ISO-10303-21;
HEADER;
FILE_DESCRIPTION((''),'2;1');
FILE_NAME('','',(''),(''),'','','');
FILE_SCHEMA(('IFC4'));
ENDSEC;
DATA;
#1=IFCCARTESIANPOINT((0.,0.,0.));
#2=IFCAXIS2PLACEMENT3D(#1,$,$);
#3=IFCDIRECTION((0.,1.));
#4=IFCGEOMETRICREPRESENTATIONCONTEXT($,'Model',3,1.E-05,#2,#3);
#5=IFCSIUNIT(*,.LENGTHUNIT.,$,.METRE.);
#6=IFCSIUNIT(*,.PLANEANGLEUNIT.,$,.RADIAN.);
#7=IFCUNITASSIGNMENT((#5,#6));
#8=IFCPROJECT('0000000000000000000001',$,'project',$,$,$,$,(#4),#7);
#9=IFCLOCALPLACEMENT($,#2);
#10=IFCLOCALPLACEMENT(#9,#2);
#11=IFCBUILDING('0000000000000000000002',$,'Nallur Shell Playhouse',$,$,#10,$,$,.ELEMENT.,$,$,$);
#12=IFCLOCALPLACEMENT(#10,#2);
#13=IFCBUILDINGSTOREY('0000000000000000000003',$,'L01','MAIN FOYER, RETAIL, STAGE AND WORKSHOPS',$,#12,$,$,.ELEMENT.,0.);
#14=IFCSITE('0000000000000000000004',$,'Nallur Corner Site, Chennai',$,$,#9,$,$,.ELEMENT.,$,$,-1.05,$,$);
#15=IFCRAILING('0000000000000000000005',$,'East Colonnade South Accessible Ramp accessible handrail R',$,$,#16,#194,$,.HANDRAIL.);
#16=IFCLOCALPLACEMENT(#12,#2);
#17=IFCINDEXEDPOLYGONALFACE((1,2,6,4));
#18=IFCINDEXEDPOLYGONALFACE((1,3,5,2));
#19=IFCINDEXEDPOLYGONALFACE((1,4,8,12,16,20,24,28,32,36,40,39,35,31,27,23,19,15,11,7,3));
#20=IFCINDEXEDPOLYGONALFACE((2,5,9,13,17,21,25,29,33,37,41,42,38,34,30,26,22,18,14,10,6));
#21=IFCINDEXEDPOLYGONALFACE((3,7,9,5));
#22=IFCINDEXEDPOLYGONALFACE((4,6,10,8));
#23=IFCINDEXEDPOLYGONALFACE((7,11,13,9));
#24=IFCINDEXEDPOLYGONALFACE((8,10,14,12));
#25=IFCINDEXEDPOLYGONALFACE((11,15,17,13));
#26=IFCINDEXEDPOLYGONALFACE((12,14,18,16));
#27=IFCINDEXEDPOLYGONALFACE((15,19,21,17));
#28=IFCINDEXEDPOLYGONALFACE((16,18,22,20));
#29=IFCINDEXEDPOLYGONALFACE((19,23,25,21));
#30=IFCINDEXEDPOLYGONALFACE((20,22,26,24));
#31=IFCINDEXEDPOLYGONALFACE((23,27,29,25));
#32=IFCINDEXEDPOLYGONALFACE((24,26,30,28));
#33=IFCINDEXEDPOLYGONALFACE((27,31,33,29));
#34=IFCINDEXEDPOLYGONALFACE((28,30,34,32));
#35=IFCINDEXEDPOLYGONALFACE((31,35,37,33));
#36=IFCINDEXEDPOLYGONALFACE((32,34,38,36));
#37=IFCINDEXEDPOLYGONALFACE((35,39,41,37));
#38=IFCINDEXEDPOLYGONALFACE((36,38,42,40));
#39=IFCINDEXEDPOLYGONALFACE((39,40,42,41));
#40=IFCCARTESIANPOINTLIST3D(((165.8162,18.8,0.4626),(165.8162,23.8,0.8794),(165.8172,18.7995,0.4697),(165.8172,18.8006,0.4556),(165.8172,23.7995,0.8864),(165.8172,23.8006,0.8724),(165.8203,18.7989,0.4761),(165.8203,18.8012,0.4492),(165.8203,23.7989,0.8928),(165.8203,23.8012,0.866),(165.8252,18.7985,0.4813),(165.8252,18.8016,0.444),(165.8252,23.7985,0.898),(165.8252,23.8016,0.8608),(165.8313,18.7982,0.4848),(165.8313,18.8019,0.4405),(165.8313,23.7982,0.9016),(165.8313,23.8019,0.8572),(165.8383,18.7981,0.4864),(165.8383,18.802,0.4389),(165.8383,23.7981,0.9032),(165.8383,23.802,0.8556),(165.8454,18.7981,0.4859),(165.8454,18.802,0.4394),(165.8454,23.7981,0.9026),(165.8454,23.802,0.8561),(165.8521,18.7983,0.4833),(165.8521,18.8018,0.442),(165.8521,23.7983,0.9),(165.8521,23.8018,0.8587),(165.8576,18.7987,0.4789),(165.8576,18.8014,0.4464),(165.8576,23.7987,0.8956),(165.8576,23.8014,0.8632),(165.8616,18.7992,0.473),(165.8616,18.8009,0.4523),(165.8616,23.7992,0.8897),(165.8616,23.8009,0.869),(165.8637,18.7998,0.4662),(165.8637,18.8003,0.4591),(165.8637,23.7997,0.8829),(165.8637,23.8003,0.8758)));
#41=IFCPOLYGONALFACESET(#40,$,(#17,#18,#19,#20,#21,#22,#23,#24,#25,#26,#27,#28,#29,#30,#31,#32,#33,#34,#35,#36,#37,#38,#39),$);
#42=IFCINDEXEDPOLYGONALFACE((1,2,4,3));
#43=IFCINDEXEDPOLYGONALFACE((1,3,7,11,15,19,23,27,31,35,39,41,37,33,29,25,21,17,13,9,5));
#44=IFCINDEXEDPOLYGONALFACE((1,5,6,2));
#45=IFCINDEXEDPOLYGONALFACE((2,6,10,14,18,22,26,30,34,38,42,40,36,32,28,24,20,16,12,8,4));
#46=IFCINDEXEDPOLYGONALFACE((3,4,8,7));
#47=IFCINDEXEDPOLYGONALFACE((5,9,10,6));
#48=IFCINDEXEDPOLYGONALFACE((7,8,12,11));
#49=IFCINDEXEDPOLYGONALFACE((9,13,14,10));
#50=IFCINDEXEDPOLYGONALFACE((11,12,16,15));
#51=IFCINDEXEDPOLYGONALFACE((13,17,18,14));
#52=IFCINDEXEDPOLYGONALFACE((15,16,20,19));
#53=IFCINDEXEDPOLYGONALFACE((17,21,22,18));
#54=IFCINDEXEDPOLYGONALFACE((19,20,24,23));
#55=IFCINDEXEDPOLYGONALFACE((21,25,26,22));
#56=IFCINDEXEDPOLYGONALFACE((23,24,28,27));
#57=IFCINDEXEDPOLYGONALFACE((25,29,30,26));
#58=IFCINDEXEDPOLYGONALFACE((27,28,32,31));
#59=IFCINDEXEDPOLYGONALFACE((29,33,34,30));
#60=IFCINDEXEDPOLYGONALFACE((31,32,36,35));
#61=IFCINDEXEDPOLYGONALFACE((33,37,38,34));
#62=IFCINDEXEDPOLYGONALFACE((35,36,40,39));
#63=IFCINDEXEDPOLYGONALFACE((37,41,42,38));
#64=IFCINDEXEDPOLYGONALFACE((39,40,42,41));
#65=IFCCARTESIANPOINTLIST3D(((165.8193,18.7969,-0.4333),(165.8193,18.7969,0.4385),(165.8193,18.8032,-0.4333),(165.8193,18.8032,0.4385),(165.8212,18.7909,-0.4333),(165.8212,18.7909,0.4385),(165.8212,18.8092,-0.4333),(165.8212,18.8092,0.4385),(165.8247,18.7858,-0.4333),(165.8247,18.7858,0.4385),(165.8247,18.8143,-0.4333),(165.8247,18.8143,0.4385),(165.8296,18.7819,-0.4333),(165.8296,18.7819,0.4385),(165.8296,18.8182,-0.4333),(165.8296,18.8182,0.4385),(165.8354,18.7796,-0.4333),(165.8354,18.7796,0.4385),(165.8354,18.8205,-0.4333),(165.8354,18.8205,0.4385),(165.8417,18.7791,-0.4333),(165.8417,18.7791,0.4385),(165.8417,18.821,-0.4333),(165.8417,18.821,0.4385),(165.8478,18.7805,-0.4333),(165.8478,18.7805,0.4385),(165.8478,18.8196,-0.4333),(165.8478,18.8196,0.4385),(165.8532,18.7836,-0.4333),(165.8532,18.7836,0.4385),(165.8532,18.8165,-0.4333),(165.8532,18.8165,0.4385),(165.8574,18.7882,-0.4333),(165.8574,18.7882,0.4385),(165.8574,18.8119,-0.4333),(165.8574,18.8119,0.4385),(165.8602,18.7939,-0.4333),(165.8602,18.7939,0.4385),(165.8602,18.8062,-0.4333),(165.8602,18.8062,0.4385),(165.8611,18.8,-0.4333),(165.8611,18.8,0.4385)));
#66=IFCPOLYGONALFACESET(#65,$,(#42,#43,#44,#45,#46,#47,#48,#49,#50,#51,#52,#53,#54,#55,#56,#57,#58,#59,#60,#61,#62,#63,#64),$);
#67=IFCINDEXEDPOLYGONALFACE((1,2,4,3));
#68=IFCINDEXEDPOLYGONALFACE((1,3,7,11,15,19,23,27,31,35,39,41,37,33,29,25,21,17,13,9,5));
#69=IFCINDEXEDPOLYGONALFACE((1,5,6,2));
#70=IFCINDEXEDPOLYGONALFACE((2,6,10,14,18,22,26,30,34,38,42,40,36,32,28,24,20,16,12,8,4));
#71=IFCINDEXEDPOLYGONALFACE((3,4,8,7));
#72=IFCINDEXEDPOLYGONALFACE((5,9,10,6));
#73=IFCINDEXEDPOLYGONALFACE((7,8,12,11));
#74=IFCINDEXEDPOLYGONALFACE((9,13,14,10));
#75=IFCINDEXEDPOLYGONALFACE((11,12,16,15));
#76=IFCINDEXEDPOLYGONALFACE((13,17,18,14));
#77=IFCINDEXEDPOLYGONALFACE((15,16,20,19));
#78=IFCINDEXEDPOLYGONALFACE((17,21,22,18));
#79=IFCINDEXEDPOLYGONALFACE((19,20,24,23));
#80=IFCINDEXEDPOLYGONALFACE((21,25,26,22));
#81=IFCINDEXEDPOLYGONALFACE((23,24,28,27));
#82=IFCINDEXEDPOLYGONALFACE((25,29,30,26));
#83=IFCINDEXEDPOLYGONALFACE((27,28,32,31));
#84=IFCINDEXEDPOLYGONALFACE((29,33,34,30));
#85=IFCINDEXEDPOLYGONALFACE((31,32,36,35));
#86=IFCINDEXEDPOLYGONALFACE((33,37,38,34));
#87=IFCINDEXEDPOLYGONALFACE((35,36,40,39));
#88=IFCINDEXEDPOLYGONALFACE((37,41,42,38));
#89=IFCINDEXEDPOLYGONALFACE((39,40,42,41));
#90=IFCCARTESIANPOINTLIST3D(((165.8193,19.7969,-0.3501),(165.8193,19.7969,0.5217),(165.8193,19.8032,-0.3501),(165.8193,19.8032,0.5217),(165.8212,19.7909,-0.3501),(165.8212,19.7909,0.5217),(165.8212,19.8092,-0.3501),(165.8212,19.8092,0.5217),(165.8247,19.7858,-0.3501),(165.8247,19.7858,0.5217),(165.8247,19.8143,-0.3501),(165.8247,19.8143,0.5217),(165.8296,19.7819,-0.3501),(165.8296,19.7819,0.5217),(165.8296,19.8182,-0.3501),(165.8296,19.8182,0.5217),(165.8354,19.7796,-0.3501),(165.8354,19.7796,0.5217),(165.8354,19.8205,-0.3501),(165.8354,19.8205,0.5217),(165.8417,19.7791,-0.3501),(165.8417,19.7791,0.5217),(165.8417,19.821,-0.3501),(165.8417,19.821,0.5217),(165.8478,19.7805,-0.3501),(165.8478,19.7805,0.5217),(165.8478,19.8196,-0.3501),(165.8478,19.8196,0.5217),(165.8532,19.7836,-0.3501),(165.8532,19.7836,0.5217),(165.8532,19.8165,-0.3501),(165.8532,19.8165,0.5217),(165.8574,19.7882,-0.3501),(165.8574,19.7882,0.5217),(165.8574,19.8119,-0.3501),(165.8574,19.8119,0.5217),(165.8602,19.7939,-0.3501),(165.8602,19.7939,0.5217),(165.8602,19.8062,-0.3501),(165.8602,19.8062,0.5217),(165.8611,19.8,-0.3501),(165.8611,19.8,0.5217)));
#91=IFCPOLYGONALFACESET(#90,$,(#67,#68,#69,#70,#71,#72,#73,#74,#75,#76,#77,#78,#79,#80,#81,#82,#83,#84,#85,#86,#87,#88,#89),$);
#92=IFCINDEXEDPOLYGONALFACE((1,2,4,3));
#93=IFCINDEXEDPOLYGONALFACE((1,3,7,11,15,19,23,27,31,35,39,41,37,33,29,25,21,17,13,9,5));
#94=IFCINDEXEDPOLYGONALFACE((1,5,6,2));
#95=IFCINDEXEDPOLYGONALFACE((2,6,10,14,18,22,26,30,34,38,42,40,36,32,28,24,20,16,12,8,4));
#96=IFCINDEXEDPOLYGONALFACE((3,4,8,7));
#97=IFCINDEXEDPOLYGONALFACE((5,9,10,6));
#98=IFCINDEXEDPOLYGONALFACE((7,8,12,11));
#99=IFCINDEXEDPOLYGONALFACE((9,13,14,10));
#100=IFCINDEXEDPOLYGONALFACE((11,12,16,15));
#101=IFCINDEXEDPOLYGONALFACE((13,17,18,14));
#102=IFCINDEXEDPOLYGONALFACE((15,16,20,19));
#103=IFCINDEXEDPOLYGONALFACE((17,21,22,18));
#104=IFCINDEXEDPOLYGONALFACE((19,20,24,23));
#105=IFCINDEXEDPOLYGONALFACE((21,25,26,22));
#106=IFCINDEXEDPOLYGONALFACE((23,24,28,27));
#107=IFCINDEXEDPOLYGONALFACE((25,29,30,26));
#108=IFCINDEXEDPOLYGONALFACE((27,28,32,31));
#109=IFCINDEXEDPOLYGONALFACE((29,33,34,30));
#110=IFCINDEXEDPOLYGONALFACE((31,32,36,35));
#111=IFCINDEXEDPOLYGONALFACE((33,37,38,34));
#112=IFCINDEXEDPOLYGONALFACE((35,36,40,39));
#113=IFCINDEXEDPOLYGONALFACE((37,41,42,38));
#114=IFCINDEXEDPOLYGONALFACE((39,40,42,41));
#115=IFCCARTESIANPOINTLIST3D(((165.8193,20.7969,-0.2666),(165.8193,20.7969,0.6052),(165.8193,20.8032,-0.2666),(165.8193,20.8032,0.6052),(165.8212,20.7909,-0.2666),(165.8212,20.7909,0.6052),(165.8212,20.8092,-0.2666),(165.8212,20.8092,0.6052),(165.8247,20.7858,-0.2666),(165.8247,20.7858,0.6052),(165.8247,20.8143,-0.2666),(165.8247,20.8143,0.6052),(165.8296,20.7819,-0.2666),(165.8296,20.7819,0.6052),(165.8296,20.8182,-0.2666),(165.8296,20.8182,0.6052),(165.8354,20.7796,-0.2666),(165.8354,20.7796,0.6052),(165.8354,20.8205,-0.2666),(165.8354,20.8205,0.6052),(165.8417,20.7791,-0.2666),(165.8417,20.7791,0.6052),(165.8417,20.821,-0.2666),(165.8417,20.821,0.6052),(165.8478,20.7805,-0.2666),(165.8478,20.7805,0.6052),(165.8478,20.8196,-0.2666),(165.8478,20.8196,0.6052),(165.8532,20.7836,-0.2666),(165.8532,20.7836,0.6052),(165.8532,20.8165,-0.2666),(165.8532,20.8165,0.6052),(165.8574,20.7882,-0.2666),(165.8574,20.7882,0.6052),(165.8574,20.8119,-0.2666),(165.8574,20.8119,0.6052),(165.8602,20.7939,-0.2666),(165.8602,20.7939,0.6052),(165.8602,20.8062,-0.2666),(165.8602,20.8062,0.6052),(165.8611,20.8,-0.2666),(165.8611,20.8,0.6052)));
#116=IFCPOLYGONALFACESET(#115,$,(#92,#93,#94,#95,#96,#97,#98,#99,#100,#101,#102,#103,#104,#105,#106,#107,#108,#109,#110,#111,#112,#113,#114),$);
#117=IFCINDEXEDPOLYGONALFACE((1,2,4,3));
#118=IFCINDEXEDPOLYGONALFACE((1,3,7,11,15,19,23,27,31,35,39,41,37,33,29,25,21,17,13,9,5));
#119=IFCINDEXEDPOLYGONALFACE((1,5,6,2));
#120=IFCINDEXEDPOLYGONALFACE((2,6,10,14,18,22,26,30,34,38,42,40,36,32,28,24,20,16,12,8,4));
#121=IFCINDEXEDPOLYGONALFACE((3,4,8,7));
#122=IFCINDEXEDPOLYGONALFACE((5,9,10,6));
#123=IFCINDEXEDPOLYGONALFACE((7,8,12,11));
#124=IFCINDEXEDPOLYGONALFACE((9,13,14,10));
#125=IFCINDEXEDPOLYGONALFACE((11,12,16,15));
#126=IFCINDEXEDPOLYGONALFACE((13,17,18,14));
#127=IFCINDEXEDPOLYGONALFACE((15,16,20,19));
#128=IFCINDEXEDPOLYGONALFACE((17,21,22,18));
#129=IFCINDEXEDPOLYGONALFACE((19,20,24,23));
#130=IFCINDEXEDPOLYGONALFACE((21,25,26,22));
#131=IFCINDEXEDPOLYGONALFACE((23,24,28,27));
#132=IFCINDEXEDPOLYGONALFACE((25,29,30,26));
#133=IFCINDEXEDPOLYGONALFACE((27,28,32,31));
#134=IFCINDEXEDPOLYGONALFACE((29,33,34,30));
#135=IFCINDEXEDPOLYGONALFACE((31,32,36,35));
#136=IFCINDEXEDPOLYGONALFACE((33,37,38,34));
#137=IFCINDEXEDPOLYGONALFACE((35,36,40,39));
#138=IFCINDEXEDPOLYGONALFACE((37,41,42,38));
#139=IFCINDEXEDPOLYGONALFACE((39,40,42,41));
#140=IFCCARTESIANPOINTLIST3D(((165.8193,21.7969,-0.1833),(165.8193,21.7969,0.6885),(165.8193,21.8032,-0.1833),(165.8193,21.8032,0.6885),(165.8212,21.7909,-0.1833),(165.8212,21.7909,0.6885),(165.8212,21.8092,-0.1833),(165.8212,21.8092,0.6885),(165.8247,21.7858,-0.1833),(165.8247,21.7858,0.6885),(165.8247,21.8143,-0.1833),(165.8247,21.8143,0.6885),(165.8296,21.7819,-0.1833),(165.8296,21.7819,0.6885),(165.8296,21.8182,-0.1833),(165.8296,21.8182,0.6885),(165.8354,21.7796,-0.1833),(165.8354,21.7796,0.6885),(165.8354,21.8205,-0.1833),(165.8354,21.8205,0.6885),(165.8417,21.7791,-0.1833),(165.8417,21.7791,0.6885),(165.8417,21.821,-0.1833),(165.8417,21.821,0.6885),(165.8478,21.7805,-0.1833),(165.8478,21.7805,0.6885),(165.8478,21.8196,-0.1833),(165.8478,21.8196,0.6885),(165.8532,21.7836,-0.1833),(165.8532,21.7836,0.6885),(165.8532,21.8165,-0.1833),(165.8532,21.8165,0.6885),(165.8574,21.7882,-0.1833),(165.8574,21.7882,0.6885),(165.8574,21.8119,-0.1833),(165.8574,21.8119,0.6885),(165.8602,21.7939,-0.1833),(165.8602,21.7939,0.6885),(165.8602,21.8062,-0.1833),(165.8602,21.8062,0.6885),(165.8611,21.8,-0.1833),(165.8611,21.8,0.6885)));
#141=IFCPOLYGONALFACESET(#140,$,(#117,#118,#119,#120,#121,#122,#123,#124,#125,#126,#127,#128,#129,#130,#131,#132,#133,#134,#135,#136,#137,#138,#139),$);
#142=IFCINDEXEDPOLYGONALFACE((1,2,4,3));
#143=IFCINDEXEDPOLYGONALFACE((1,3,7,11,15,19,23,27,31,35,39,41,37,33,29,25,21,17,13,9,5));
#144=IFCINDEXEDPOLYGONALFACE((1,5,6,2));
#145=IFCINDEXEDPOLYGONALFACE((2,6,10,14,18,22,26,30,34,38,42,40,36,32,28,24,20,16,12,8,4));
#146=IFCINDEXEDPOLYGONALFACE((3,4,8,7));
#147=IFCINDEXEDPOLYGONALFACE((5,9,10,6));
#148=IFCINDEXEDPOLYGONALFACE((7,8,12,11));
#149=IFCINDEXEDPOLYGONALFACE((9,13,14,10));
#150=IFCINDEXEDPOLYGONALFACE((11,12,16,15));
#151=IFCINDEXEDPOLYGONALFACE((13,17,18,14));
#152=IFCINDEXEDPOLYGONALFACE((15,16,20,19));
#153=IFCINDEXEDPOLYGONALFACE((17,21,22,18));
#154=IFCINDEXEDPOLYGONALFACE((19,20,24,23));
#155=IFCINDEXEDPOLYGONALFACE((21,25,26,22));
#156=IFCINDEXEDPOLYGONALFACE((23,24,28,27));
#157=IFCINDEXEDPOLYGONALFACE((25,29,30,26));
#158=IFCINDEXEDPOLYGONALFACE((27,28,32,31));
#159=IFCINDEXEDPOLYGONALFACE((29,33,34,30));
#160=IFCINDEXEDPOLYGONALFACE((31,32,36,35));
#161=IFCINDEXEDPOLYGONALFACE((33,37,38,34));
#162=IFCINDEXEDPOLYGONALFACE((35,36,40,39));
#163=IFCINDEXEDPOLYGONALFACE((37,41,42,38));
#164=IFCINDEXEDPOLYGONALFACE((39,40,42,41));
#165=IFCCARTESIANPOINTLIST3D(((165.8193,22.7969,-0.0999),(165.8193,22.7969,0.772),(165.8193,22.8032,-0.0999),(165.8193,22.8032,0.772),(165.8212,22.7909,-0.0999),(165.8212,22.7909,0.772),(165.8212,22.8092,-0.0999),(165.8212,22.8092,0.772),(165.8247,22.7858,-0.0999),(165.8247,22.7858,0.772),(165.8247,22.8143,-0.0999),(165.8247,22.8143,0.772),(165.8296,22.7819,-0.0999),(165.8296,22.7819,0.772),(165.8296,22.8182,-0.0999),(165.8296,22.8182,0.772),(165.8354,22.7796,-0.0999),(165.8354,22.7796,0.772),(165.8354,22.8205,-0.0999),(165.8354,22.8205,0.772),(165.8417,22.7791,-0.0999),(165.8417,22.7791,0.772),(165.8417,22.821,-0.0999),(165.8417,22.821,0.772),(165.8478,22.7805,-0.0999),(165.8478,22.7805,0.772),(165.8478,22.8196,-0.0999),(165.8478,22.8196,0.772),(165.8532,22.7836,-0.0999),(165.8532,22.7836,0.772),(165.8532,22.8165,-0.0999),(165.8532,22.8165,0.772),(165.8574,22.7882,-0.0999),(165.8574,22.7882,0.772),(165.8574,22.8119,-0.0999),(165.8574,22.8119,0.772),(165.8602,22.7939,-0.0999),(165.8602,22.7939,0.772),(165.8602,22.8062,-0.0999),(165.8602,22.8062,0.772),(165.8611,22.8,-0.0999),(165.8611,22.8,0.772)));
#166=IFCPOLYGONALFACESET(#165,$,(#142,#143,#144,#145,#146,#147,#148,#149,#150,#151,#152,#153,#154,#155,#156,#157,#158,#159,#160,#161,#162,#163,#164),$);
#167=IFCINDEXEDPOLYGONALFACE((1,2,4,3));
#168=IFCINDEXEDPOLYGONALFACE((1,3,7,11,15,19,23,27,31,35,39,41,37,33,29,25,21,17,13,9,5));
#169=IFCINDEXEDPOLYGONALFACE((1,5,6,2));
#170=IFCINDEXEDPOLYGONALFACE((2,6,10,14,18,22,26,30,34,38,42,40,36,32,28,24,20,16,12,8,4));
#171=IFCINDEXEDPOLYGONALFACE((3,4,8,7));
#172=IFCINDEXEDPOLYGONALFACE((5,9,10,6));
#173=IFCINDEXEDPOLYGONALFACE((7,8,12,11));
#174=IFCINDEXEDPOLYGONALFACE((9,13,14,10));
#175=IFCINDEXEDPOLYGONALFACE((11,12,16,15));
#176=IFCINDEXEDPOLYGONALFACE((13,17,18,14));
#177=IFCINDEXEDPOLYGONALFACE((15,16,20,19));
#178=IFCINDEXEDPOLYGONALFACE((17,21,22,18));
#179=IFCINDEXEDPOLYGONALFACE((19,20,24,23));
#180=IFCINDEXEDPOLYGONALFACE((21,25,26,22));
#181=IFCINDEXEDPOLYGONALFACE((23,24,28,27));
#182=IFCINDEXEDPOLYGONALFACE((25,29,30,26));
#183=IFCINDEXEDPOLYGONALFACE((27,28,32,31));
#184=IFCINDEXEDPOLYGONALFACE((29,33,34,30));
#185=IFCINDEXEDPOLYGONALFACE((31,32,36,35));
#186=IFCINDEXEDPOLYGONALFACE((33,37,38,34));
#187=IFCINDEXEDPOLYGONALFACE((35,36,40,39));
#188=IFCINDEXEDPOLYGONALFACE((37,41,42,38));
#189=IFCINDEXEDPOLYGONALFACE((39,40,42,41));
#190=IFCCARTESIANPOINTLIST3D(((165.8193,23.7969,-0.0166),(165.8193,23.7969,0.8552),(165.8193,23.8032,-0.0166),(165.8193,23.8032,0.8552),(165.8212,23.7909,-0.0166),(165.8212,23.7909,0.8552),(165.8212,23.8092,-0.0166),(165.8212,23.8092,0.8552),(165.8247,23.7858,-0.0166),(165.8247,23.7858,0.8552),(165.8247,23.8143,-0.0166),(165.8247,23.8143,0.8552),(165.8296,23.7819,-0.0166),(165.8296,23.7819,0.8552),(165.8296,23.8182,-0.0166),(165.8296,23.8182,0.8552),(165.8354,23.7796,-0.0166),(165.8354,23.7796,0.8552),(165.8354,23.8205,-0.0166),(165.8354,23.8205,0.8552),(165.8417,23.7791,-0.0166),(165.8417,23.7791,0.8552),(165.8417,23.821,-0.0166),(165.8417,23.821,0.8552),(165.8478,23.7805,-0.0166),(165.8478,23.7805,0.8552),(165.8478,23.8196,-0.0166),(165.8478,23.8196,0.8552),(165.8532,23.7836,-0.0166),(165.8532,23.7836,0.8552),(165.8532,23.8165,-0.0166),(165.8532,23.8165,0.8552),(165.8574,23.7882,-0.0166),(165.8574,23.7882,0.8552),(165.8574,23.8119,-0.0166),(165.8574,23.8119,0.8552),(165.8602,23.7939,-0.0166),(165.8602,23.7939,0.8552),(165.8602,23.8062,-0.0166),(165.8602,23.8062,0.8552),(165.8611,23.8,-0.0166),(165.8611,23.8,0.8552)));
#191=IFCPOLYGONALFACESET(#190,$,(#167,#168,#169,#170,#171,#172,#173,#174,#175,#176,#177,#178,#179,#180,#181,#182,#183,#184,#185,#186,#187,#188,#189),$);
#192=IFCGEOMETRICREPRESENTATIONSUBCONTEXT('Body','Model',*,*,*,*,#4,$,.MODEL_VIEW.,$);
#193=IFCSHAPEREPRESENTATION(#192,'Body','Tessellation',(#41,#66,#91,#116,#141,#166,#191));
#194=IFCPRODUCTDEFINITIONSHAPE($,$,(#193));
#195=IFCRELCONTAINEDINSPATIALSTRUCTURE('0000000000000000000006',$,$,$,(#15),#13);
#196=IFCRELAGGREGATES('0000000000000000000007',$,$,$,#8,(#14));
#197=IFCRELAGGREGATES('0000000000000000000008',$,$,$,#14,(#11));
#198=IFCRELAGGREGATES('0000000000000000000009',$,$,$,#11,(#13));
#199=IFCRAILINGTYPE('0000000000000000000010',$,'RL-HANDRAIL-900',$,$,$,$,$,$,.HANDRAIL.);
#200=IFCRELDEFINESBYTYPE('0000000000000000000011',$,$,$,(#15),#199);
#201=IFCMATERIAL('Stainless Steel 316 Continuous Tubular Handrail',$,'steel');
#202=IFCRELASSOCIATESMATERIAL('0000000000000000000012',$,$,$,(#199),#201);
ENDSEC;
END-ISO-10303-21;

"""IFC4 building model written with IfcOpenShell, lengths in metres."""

from ifc_helpers import new_model, si_unit, direction, frame, origin, origin_2d, place, context, subcontext, project, spatial, circle, extrude, material, type_object, element, save


model = new_model("IFC4")

# Units and contexts
model_context = context("Model", 3, precision=1e-05, world=origin(), true_north=direction((0.0, 1.0)))
body_context = subcontext(model_context, "Body", "Model", "MODEL_VIEW")
ifc_project = project(units=[si_unit("LENGTHUNIT", "METRE"), si_unit("PLANEANGLEUNIT", "RADIAN")], contexts=[model_context])

# Site, building, storey
site_placement = place(None, origin())
site = spatial("IfcSite", under=ifc_project, at=site_placement, Name="Nallur Corner Site, Chennai", CompositionType="ELEMENT", RefElevation=-1.05)
building_placement = place(site_placement, origin())
building = spatial("IfcBuilding", under=site, at=building_placement, Name="Nallur Shell Playhouse", CompositionType="ELEMENT")
storey_placement = place(building_placement, origin())
storey = spatial("IfcBuildingStorey", under=building, at=storey_placement, Name="L01", Description="MAIN FOYER, RETAIL, STAGE AND WORKSHOPS", CompositionType="ELEMENT", Elevation=0.0)

# Railing
ifc_material_1 = material(Name="Stainless Steel 316 Continuous Tubular Handrail", Category="steel")
railing_type = type_object("IfcRailingType", Name="RL-HANDRAIL-900", PredefinedType="HANDRAIL", material=ifc_material_1)
for number, where, name in (
    (1, (165.8401, 18.8, -0.4333), "East Colonnade South Accessible Ramp accessible handrail R"),
):
    element("IfcRailing", number, at=place(storey_placement, frame(where)), inside=storey, type_object=railing_type, Name=name, PredefinedType="HANDRAIL", context=body_context, shape_type="SweptSolid", body=[
        extrude(circle(Radius=0.0239, at=origin_2d()), frame((0.0, 0.0, 0.896), z_axis=(0.0, 0.996544, 0.083062), x_axis=(-1.0, 0.0, 0.0)), (0.0, 0.0, 1.0), 5.0173),
        extrude(circle(Radius=0.021, at=origin_2d()), origin(), (0.0, 0.0, 1.0), 0.8718),
        extrude(circle(Radius=0.021, at=origin_2d()), frame((0.0, 1.0, 0.0833)), (0.0, 0.0, 1.0), 0.8718),
        extrude(circle(Radius=0.021, at=origin_2d()), frame((0.0, 2.0, 0.1667)), (0.0, 0.0, 1.0), 0.8718),
        extrude(circle(Radius=0.021, at=origin_2d()), frame((0.0, 3.0, 0.25)), (0.0, 0.0, 1.0), 0.8718),
        extrude(circle(Radius=0.021, at=origin_2d()), frame((0.0, 4.0, 0.3335)), (0.0, 0.0, 1.0), 0.8718),
        extrude(circle(Radius=0.021, at=origin_2d()), frame((0.0, 5.0, 0.4167)), (0.0, 0.0, 1.0), 0.8718),
    ])

save(model, "model.ifc")
